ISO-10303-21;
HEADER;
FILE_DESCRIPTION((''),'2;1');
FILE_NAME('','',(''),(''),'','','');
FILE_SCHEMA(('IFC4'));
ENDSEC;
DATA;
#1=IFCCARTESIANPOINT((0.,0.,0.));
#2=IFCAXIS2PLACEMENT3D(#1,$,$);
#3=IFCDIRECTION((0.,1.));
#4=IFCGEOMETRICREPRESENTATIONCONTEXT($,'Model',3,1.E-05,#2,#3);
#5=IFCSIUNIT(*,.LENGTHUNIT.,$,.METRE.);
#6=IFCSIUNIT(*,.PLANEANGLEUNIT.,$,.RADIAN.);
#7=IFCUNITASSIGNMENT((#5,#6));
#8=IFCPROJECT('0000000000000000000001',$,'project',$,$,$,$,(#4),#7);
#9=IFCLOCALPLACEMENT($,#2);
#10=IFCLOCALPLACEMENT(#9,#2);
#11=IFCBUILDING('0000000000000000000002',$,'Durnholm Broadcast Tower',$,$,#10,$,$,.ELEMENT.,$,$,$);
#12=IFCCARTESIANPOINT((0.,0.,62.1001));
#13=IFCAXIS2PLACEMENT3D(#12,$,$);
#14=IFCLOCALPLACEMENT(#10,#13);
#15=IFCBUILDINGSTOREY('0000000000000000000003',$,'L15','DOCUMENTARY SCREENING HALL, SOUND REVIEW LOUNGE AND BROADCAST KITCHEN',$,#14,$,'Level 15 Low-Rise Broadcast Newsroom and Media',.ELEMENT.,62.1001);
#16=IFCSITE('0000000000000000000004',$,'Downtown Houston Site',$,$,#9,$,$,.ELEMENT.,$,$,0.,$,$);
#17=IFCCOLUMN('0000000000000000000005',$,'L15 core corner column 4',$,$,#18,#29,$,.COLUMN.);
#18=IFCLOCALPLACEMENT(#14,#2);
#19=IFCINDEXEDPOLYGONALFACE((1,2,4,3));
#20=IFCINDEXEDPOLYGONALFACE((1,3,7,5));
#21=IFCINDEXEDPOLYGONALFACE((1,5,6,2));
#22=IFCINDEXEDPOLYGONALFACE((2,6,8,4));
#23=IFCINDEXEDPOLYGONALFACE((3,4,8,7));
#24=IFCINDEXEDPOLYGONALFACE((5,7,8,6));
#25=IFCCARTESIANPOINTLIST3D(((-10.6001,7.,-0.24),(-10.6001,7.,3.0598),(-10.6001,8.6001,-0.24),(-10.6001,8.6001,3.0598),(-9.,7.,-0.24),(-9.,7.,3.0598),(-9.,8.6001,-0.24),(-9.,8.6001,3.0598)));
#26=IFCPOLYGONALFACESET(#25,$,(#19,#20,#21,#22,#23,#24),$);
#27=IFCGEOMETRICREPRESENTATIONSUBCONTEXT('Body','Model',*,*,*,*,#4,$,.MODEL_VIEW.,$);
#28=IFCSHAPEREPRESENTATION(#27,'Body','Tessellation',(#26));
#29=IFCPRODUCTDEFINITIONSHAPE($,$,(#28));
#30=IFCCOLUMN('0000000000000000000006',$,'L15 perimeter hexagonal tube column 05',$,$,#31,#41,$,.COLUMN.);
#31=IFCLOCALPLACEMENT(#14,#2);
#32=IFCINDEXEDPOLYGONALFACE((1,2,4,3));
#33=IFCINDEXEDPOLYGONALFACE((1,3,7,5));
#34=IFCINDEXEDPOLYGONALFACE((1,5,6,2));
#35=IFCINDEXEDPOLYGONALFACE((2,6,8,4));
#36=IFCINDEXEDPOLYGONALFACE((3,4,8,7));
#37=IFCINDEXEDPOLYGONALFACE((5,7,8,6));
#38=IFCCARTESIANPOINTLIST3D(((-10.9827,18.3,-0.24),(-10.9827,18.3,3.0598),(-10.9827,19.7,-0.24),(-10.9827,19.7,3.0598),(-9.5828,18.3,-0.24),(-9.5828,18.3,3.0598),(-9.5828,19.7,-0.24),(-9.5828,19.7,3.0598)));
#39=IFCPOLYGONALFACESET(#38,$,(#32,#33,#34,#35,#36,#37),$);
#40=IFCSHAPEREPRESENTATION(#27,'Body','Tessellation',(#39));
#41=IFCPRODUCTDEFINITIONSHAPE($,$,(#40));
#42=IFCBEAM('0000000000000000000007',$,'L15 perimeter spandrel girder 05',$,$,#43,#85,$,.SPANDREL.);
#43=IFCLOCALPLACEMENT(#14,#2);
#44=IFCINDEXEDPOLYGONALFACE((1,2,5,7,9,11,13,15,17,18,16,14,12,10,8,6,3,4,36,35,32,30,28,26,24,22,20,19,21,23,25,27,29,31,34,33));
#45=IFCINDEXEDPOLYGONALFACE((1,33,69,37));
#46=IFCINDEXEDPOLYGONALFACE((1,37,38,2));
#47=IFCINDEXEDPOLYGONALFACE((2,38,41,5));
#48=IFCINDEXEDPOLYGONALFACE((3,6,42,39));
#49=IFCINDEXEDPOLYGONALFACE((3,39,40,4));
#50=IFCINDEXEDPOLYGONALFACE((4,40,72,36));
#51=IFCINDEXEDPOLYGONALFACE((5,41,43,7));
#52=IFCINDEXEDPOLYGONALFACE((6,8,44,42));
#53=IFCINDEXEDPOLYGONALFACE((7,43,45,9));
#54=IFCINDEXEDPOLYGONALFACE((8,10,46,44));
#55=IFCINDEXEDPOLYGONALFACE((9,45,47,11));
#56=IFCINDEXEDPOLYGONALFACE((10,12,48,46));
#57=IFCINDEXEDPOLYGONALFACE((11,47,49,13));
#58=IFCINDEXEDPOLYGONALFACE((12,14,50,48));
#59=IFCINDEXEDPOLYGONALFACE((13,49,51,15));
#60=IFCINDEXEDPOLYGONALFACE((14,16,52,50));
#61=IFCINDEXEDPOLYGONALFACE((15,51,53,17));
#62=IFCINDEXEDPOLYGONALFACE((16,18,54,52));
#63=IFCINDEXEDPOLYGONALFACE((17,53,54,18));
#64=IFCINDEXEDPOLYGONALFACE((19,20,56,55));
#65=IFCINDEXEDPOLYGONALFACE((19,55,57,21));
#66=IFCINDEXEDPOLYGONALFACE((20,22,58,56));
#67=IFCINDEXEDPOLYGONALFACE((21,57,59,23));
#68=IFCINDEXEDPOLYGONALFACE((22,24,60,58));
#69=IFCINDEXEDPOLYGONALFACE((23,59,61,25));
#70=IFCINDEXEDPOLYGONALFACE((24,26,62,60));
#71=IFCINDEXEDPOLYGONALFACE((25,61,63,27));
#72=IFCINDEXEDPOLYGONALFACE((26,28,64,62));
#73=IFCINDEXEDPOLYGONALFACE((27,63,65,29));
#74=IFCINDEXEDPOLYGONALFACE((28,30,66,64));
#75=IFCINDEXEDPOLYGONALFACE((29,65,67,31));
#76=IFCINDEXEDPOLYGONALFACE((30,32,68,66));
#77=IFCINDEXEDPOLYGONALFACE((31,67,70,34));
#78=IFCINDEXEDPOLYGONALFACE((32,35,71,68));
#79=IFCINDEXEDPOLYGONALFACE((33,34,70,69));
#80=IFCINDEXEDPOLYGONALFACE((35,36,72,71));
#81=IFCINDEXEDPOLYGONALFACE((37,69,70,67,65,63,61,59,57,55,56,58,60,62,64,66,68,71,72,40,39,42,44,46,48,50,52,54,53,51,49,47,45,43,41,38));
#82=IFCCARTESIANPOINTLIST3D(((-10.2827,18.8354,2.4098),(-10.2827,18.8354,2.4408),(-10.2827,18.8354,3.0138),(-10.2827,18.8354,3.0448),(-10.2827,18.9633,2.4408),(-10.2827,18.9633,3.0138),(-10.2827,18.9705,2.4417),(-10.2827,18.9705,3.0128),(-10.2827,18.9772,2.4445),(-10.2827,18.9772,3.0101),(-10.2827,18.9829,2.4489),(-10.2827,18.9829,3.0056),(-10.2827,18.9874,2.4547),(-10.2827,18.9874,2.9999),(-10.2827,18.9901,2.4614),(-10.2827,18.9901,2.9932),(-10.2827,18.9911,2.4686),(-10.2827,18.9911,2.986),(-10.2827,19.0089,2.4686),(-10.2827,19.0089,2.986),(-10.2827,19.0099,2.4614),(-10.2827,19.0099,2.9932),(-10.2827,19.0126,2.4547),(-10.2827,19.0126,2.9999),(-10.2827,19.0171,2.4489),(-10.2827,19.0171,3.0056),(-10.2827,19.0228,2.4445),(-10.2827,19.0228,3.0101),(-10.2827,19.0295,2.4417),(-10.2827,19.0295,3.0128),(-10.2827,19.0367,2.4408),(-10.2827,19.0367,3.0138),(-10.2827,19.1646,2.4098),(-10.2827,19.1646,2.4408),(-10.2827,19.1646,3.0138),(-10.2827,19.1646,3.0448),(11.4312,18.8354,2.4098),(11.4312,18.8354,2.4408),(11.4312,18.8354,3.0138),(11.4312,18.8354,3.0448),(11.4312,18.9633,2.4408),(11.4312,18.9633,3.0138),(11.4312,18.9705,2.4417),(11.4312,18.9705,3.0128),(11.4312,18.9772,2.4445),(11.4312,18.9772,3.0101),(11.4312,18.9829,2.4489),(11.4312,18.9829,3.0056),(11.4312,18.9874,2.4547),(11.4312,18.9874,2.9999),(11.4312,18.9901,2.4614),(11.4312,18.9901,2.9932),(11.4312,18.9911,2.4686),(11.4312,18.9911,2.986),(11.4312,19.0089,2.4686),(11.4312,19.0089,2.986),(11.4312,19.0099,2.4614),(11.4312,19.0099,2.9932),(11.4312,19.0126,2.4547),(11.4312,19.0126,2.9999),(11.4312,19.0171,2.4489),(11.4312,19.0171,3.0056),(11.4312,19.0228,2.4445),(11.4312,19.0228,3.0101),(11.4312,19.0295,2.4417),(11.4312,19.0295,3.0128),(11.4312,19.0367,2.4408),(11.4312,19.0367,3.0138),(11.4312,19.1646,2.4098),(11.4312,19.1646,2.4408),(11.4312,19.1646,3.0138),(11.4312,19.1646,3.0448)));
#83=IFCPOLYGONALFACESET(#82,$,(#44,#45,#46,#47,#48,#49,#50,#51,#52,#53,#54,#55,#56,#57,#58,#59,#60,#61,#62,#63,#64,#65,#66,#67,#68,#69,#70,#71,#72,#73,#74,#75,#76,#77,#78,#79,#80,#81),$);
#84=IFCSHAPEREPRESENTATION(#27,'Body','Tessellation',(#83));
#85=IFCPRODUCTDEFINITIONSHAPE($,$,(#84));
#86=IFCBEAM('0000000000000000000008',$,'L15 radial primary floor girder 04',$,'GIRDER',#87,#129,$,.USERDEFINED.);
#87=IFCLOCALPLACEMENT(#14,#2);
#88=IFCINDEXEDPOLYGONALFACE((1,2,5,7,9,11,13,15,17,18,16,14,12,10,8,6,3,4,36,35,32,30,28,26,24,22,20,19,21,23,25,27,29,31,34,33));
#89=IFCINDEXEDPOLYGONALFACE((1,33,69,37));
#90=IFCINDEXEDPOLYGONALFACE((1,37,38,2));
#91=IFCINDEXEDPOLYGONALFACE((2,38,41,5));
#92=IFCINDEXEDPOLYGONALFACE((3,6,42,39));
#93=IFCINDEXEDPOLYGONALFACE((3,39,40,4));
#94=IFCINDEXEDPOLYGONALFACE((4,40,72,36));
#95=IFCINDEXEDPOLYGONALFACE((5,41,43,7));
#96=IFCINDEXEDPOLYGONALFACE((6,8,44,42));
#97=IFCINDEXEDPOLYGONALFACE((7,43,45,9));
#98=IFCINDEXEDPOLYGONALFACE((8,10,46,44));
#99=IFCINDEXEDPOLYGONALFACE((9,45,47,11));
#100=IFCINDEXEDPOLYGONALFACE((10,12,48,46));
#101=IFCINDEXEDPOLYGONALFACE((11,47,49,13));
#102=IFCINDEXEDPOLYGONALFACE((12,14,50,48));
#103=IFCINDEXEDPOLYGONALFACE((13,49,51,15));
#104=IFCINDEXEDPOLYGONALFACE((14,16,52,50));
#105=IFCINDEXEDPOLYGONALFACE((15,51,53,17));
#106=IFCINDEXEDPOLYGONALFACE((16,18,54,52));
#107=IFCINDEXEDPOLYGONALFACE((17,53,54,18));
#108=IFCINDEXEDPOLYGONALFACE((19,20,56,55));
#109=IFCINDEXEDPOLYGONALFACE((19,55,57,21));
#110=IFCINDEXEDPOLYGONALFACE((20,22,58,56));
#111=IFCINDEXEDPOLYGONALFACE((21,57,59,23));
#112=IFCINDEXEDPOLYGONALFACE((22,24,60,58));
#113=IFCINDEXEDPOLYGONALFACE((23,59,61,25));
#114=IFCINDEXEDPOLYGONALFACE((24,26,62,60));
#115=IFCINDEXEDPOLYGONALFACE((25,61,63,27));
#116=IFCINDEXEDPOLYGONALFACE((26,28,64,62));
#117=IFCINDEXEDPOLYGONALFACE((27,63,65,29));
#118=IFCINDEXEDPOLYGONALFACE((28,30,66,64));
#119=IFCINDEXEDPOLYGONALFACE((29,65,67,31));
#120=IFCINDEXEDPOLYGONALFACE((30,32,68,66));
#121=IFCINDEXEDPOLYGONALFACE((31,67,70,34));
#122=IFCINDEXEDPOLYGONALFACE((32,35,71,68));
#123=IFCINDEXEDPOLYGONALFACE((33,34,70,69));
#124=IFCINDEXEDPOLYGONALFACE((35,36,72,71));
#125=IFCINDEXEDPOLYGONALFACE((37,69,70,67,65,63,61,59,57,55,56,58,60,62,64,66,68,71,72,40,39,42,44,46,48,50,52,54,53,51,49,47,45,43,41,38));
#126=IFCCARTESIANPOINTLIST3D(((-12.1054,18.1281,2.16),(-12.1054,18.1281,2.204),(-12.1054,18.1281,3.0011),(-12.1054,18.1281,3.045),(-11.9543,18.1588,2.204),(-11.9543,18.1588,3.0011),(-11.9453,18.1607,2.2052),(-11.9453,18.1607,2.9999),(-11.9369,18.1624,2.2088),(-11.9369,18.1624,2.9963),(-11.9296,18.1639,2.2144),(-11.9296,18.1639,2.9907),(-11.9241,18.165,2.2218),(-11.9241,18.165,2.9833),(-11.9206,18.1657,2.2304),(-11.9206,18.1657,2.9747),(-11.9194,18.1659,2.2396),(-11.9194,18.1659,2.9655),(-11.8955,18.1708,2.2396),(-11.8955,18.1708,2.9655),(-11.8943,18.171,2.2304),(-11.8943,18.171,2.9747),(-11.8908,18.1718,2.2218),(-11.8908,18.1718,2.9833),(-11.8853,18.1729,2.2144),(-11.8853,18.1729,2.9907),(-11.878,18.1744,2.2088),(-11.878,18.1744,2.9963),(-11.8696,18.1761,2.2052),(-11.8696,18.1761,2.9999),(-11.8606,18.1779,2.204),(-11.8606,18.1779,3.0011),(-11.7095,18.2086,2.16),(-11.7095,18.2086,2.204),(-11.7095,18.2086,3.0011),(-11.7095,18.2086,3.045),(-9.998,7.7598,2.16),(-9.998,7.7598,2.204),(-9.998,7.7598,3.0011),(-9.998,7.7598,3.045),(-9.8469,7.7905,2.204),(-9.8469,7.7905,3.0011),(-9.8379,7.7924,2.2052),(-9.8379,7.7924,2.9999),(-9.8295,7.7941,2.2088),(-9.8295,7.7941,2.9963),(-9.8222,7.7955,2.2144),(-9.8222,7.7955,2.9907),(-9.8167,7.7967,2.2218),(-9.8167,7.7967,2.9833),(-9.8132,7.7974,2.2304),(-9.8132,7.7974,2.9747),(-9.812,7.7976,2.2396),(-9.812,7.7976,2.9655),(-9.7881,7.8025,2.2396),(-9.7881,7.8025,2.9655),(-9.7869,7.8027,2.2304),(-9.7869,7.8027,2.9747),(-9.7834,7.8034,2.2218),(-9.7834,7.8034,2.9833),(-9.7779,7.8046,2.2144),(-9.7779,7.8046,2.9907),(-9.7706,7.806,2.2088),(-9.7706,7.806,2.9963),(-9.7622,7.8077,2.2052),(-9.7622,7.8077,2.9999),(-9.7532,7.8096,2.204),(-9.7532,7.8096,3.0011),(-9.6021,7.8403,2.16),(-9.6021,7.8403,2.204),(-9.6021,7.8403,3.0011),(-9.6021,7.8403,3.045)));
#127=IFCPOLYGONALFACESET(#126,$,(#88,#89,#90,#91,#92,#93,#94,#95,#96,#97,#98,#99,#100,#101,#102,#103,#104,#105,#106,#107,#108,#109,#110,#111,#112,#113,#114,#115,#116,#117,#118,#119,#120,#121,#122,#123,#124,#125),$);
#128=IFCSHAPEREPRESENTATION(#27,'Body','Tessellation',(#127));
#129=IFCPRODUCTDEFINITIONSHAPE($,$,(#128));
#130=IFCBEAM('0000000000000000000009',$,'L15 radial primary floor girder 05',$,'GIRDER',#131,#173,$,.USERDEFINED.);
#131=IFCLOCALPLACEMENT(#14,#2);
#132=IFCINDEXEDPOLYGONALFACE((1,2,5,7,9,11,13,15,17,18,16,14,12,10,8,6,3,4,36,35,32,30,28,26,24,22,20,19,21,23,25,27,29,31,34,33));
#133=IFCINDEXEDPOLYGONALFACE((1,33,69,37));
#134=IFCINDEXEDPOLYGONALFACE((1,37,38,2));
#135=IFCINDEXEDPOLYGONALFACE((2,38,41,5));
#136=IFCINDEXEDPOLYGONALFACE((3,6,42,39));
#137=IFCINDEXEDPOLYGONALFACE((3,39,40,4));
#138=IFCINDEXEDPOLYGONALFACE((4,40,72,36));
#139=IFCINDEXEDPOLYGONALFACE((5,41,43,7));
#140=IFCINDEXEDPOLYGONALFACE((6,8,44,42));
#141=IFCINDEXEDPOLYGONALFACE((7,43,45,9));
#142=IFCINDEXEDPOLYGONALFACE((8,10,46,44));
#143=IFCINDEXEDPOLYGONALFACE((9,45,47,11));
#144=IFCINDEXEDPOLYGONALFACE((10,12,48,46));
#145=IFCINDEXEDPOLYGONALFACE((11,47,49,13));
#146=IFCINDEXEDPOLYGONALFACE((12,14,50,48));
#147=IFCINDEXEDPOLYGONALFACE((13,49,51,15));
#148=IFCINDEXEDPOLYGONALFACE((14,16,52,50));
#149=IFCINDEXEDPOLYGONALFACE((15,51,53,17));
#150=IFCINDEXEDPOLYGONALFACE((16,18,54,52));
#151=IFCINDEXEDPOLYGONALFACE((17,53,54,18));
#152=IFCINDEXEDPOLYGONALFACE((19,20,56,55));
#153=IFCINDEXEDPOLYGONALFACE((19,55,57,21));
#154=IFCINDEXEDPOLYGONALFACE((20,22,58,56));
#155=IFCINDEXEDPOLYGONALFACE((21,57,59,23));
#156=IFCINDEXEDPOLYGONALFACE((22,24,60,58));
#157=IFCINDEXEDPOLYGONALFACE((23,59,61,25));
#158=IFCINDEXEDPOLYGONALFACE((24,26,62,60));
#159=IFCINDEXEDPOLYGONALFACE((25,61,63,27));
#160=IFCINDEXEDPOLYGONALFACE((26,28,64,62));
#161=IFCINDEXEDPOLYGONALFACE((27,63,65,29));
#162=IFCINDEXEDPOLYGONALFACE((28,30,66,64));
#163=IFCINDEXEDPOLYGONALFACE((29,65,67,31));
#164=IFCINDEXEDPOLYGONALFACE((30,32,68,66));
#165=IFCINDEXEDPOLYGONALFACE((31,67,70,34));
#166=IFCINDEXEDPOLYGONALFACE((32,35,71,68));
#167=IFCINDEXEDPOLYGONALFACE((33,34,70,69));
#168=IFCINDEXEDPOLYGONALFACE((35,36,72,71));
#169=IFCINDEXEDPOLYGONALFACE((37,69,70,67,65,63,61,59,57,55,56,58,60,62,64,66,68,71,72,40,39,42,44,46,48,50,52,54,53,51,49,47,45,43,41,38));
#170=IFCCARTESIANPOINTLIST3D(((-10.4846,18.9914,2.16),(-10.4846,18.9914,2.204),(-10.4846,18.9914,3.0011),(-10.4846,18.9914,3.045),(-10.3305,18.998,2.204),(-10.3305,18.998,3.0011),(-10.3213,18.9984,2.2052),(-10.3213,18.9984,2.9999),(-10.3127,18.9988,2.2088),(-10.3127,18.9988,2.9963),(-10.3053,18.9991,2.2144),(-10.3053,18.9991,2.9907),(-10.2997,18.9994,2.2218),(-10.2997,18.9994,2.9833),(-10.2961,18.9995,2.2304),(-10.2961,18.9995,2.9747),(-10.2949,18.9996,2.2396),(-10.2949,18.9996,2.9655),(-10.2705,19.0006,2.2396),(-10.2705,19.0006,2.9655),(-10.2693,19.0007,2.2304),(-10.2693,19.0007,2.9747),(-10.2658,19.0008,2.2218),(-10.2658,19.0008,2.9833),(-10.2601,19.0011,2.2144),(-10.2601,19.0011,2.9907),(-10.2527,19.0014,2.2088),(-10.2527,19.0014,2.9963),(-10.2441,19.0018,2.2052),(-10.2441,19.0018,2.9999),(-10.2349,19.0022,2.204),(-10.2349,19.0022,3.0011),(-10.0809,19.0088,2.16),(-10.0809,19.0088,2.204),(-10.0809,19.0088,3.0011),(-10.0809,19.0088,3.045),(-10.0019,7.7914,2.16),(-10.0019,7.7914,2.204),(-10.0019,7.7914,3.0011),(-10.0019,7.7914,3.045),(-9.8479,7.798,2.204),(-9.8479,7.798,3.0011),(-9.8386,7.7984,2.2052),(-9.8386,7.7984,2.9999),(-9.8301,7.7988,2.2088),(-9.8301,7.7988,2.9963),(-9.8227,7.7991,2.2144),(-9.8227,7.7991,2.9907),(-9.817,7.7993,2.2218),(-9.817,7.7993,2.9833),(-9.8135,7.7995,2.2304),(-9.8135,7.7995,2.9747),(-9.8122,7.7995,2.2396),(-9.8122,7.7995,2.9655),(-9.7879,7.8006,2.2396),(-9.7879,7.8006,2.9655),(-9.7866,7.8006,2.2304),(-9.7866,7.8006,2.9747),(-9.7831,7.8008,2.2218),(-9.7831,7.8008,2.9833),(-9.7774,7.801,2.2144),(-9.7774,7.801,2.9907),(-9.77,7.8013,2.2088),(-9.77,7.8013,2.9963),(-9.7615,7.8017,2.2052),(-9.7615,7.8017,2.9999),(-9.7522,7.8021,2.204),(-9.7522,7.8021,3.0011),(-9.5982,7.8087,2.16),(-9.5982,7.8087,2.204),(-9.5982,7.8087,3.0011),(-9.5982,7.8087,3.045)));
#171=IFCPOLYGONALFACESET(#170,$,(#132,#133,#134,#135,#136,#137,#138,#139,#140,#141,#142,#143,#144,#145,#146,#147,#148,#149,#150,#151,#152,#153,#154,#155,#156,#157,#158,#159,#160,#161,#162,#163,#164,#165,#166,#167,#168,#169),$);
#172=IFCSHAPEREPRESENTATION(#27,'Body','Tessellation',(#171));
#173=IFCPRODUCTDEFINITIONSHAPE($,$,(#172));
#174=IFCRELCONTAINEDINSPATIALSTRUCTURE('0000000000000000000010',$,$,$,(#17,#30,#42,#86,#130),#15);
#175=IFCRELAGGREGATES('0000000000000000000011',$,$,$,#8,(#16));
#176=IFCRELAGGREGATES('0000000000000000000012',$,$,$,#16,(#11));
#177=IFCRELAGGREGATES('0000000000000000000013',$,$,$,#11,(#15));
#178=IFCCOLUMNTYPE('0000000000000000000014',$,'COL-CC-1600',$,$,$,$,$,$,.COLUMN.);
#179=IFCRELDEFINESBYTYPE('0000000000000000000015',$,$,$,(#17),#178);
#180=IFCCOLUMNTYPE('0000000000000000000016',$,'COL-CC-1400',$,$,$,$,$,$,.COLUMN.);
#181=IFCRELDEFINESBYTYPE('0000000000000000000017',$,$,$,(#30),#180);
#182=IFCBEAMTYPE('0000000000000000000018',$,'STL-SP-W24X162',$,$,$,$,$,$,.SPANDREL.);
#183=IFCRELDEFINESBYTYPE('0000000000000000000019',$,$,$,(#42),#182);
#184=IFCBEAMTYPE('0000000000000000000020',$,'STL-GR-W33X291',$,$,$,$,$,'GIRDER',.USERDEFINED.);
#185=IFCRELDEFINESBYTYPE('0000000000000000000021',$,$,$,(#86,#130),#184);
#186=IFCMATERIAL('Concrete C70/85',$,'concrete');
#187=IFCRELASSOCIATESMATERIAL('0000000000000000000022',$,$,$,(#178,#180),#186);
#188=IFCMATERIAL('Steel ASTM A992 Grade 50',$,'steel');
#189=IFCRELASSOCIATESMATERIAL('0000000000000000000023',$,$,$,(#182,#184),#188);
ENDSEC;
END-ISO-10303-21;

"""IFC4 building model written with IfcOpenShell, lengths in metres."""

from ifc_helpers import new_model, si_unit, direction, frame, origin, origin_2d, place, context, subcontext, project, spatial, rectangle, i_section, extrude, source, transform, mapped, material, material_profile, profile_set, type_object, type_shapes, element, save


model = new_model("IFC4")

# Units and contexts
model_context = context("Model", 3, precision=1e-05, world=origin(), true_north=direction((0.0, 1.0)))
body_context = subcontext(model_context, "Body", "Model", "MODEL_VIEW")
ifc_project = project(units=[si_unit("LENGTHUNIT", "METRE"), si_unit("PLANEANGLEUNIT", "RADIAN")], contexts=[model_context])

# Site, building, storey
site_placement = place(None, origin())
site = spatial("IfcSite", under=ifc_project, at=site_placement, Name="Downtown Houston Site", CompositionType="ELEMENT", RefElevation=0.0)
building_placement = place(site_placement, origin())
building = spatial("IfcBuilding", under=site, at=building_placement, Name="Durnholm Broadcast Tower", CompositionType="ELEMENT")
storey_placement = place(building_placement, frame((0.0, 0.0, 62.1001)))
storey = spatial("IfcBuildingStorey", under=building, at=storey_placement, Name="L15", Description="DOCUMENTARY SCREENING HALL, SOUND REVIEW LOUNGE AND BROADCAST KITCHEN", LongName="Level 15 Low-Rise Broadcast Newsroom and Media", CompositionType="ELEMENT", Elevation=62.1001)

# Columns
ifc_material_1 = material(Name="Concrete C70/85", Category="concrete")
ifc_material_profile_1 = material_profile(ifc_material_1, rectangle(XDim=1.6001, YDim=1.6001, at=origin_2d()), Name="RC1600X1600")
ifc_profile_set_1 = profile_set([ifc_material_profile_1], Name="Concrete C70/85")
column_type_1 = type_object("IfcColumnType", Name="COL-CC-1600", PredefinedType="COLUMN", material=ifc_profile_set_1)
shared_shape_1 = source(origin(), body_context, "Body", "SweptSolid", [
    extrude(rectangle(XDim=1.6001, YDim=1.6001, at=origin_2d()), origin(), (0.0, 0.0, 1.0), 3.2998),
])
type_shapes(column_type_1, [shared_shape_1])
column_1_placement = place(storey_placement, frame((-9.8, 7.8, -0.24), z_axis=(0.0, 0.0, 1.0), x_axis=(1.0, 0.0, 0.0)))
element("IfcColumn", 1, at=column_1_placement, inside=storey, type_object=column_type_1, Name="L15 core corner column 4", PredefinedType="COLUMN", context=body_context, shape_type="MappedRepresentation", body=[
    mapped(shared_shape_1, transform((0.0, 0.0, 0.0), x_axis=(1.0, 0.0, 0.0), y_axis=(0.0, 1.0, 0.0), z_axis=(0.0, 0.0, 1.0), scale=1.0)),
])
ifc_material_profile_2 = material_profile(ifc_material_1, rectangle(XDim=1.3999, YDim=1.3999, at=origin_2d()), Name="RC1400X1400")
ifc_profile_set_2 = profile_set([ifc_material_profile_2], Name="Concrete C70/85")
column_type_2 = type_object("IfcColumnType", Name="COL-CC-1400", PredefinedType="COLUMN", material=ifc_profile_set_2)
shared_shape_2 = source(origin(), body_context, "Body", "SweptSolid", [
    extrude(rectangle(XDim=1.3999, YDim=1.3999, at=origin_2d()), origin(), (0.0, 0.0, 1.0), 3.2998),
])
type_shapes(column_type_2, [shared_shape_2])
column_2_placement = place(storey_placement, frame((-10.2827, 19.0, -0.24), z_axis=(0.0, 0.0, 1.0), x_axis=(1.0, 0.0, 0.0)))
element("IfcColumn", 2, at=column_2_placement, inside=storey, type_object=column_type_2, Name="L15 perimeter hexagonal tube column 05", PredefinedType="COLUMN", context=body_context, shape_type="MappedRepresentation", body=[
    mapped(shared_shape_2, transform((0.0, 0.0, 0.0), x_axis=(1.0, 0.0, 0.0), y_axis=(0.0, 1.0, 0.0), z_axis=(0.0, 0.0, 1.0), scale=1.0)),
])

# Beams
ifc_material_2 = material(Name="Steel ASTM A992 Grade 50", Category="steel")
ifc_material_profile_3 = material_profile(ifc_material_2, i_section(OverallWidth=0.3291, OverallDepth=0.635, WebThickness=0.0178, FlangeThickness=0.031, FilletRadius=0.0278, at=origin_2d()), Name="W24X162")
ifc_profile_set_3 = profile_set([ifc_material_profile_3], Name="Steel ASTM A992 Grade 50")
beam_type_1 = type_object("IfcBeamType", Name="STL-SP-W24X162", PredefinedType="SPANDREL", material=ifc_profile_set_3)
shared_shape_3 = source(origin(), body_context, "Body", "SweptSolid", [
    extrude(i_section(OverallWidth=0.3291, OverallDepth=0.635, WebThickness=0.0178, FlangeThickness=0.031, FilletRadius=0.0278, at=origin_2d()), origin(), (0.0, 0.0, 1.0), 21.7139),
])
type_shapes(beam_type_1, [shared_shape_3])
beam_1_placement = place(storey_placement, frame((-10.2827, 19.0, 2.7273), z_axis=(1.0, 0.0, 0.0), x_axis=(0.0, 1.0, 0.0)))
element("IfcBeam", 3, at=beam_1_placement, inside=storey, type_object=beam_type_1, Name="L15 perimeter spandrel girder 05", PredefinedType="SPANDREL", context=body_context, shape_type="MappedRepresentation", body=[
    mapped(shared_shape_3, transform((0.0, 0.0, 0.0), x_axis=(1.0, 0.0, 0.0), y_axis=(0.0, 1.0, 0.0), z_axis=(0.0, 0.0, 1.0), scale=1.0)),
])
ifc_material_profile_4 = material_profile(ifc_material_2, i_section(OverallWidth=0.4041, OverallDepth=0.885, WebThickness=0.0244, FlangeThickness=0.0439, FilletRadius=0.0356, at=origin_2d()), Name="W33X291")
ifc_profile_set_4 = profile_set([ifc_material_profile_4], Name="Steel ASTM A992 Grade 50")
beam_type_2 = type_object("IfcBeamType", Name="STL-GR-W33X291", ElementType="GIRDER", PredefinedType="USERDEFINED", material=ifc_profile_set_4)
shared_shape_4 = source(origin(), body_context, "Body", "SweptSolid", [
    extrude(i_section(OverallWidth=0.4041, OverallDepth=0.885, WebThickness=0.0244, FlangeThickness=0.0439, FilletRadius=0.0356, at=origin_2d()), origin(), (0.0, 0.0, 1.0), 10.5803),
])
beam_2_placement = place(storey_placement, frame((-9.8, 7.8, 2.6025), z_axis=(-0.199181, 0.979963, 0.0), x_axis=(-0.979963, -0.199181, 0.0)))
element("IfcBeam", 4, at=beam_2_placement, inside=storey, type_object=beam_type_2, Name="L15 radial primary floor girder 04", ObjectType="GIRDER", PredefinedType="USERDEFINED", context=body_context, shape_type="MappedRepresentation", body=[
    mapped(shared_shape_4, transform((0.0, 0.0, 0.0), x_axis=(1.0, 0.0, 0.0), y_axis=(0.0, 1.0, 0.0), z_axis=(0.0, 0.0, 1.0), scale=1.0)),
])
shared_shape_5 = source(origin(), body_context, "Body", "SweptSolid", [
    extrude(i_section(OverallWidth=0.4041, OverallDepth=0.885, WebThickness=0.0244, FlangeThickness=0.0439, FilletRadius=0.0356, at=origin_2d()), origin(), (0.0, 0.0, 1.0), 11.2104),
])
type_shapes(beam_type_2, [shared_shape_4, shared_shape_5])
beam_3_placement = place(storey_placement, frame((-9.8, 7.8, 2.6025), z_axis=(-0.043055, 0.999073, 0.0), x_axis=(-0.999073, -0.043055, 0.0)))
element("IfcBeam", 5, at=beam_3_placement, inside=storey, type_object=beam_type_2, Name="L15 radial primary floor girder 05", ObjectType="GIRDER", PredefinedType="USERDEFINED", context=body_context, shape_type="MappedRepresentation", body=[
    mapped(shared_shape_5, transform((0.0, 0.0, 0.0), x_axis=(1.0, 0.0, 0.0), y_axis=(0.0, 1.0, 0.0), z_axis=(0.0, 0.0, 1.0), scale=1.0)),
])

save(model, "model.ifc")
